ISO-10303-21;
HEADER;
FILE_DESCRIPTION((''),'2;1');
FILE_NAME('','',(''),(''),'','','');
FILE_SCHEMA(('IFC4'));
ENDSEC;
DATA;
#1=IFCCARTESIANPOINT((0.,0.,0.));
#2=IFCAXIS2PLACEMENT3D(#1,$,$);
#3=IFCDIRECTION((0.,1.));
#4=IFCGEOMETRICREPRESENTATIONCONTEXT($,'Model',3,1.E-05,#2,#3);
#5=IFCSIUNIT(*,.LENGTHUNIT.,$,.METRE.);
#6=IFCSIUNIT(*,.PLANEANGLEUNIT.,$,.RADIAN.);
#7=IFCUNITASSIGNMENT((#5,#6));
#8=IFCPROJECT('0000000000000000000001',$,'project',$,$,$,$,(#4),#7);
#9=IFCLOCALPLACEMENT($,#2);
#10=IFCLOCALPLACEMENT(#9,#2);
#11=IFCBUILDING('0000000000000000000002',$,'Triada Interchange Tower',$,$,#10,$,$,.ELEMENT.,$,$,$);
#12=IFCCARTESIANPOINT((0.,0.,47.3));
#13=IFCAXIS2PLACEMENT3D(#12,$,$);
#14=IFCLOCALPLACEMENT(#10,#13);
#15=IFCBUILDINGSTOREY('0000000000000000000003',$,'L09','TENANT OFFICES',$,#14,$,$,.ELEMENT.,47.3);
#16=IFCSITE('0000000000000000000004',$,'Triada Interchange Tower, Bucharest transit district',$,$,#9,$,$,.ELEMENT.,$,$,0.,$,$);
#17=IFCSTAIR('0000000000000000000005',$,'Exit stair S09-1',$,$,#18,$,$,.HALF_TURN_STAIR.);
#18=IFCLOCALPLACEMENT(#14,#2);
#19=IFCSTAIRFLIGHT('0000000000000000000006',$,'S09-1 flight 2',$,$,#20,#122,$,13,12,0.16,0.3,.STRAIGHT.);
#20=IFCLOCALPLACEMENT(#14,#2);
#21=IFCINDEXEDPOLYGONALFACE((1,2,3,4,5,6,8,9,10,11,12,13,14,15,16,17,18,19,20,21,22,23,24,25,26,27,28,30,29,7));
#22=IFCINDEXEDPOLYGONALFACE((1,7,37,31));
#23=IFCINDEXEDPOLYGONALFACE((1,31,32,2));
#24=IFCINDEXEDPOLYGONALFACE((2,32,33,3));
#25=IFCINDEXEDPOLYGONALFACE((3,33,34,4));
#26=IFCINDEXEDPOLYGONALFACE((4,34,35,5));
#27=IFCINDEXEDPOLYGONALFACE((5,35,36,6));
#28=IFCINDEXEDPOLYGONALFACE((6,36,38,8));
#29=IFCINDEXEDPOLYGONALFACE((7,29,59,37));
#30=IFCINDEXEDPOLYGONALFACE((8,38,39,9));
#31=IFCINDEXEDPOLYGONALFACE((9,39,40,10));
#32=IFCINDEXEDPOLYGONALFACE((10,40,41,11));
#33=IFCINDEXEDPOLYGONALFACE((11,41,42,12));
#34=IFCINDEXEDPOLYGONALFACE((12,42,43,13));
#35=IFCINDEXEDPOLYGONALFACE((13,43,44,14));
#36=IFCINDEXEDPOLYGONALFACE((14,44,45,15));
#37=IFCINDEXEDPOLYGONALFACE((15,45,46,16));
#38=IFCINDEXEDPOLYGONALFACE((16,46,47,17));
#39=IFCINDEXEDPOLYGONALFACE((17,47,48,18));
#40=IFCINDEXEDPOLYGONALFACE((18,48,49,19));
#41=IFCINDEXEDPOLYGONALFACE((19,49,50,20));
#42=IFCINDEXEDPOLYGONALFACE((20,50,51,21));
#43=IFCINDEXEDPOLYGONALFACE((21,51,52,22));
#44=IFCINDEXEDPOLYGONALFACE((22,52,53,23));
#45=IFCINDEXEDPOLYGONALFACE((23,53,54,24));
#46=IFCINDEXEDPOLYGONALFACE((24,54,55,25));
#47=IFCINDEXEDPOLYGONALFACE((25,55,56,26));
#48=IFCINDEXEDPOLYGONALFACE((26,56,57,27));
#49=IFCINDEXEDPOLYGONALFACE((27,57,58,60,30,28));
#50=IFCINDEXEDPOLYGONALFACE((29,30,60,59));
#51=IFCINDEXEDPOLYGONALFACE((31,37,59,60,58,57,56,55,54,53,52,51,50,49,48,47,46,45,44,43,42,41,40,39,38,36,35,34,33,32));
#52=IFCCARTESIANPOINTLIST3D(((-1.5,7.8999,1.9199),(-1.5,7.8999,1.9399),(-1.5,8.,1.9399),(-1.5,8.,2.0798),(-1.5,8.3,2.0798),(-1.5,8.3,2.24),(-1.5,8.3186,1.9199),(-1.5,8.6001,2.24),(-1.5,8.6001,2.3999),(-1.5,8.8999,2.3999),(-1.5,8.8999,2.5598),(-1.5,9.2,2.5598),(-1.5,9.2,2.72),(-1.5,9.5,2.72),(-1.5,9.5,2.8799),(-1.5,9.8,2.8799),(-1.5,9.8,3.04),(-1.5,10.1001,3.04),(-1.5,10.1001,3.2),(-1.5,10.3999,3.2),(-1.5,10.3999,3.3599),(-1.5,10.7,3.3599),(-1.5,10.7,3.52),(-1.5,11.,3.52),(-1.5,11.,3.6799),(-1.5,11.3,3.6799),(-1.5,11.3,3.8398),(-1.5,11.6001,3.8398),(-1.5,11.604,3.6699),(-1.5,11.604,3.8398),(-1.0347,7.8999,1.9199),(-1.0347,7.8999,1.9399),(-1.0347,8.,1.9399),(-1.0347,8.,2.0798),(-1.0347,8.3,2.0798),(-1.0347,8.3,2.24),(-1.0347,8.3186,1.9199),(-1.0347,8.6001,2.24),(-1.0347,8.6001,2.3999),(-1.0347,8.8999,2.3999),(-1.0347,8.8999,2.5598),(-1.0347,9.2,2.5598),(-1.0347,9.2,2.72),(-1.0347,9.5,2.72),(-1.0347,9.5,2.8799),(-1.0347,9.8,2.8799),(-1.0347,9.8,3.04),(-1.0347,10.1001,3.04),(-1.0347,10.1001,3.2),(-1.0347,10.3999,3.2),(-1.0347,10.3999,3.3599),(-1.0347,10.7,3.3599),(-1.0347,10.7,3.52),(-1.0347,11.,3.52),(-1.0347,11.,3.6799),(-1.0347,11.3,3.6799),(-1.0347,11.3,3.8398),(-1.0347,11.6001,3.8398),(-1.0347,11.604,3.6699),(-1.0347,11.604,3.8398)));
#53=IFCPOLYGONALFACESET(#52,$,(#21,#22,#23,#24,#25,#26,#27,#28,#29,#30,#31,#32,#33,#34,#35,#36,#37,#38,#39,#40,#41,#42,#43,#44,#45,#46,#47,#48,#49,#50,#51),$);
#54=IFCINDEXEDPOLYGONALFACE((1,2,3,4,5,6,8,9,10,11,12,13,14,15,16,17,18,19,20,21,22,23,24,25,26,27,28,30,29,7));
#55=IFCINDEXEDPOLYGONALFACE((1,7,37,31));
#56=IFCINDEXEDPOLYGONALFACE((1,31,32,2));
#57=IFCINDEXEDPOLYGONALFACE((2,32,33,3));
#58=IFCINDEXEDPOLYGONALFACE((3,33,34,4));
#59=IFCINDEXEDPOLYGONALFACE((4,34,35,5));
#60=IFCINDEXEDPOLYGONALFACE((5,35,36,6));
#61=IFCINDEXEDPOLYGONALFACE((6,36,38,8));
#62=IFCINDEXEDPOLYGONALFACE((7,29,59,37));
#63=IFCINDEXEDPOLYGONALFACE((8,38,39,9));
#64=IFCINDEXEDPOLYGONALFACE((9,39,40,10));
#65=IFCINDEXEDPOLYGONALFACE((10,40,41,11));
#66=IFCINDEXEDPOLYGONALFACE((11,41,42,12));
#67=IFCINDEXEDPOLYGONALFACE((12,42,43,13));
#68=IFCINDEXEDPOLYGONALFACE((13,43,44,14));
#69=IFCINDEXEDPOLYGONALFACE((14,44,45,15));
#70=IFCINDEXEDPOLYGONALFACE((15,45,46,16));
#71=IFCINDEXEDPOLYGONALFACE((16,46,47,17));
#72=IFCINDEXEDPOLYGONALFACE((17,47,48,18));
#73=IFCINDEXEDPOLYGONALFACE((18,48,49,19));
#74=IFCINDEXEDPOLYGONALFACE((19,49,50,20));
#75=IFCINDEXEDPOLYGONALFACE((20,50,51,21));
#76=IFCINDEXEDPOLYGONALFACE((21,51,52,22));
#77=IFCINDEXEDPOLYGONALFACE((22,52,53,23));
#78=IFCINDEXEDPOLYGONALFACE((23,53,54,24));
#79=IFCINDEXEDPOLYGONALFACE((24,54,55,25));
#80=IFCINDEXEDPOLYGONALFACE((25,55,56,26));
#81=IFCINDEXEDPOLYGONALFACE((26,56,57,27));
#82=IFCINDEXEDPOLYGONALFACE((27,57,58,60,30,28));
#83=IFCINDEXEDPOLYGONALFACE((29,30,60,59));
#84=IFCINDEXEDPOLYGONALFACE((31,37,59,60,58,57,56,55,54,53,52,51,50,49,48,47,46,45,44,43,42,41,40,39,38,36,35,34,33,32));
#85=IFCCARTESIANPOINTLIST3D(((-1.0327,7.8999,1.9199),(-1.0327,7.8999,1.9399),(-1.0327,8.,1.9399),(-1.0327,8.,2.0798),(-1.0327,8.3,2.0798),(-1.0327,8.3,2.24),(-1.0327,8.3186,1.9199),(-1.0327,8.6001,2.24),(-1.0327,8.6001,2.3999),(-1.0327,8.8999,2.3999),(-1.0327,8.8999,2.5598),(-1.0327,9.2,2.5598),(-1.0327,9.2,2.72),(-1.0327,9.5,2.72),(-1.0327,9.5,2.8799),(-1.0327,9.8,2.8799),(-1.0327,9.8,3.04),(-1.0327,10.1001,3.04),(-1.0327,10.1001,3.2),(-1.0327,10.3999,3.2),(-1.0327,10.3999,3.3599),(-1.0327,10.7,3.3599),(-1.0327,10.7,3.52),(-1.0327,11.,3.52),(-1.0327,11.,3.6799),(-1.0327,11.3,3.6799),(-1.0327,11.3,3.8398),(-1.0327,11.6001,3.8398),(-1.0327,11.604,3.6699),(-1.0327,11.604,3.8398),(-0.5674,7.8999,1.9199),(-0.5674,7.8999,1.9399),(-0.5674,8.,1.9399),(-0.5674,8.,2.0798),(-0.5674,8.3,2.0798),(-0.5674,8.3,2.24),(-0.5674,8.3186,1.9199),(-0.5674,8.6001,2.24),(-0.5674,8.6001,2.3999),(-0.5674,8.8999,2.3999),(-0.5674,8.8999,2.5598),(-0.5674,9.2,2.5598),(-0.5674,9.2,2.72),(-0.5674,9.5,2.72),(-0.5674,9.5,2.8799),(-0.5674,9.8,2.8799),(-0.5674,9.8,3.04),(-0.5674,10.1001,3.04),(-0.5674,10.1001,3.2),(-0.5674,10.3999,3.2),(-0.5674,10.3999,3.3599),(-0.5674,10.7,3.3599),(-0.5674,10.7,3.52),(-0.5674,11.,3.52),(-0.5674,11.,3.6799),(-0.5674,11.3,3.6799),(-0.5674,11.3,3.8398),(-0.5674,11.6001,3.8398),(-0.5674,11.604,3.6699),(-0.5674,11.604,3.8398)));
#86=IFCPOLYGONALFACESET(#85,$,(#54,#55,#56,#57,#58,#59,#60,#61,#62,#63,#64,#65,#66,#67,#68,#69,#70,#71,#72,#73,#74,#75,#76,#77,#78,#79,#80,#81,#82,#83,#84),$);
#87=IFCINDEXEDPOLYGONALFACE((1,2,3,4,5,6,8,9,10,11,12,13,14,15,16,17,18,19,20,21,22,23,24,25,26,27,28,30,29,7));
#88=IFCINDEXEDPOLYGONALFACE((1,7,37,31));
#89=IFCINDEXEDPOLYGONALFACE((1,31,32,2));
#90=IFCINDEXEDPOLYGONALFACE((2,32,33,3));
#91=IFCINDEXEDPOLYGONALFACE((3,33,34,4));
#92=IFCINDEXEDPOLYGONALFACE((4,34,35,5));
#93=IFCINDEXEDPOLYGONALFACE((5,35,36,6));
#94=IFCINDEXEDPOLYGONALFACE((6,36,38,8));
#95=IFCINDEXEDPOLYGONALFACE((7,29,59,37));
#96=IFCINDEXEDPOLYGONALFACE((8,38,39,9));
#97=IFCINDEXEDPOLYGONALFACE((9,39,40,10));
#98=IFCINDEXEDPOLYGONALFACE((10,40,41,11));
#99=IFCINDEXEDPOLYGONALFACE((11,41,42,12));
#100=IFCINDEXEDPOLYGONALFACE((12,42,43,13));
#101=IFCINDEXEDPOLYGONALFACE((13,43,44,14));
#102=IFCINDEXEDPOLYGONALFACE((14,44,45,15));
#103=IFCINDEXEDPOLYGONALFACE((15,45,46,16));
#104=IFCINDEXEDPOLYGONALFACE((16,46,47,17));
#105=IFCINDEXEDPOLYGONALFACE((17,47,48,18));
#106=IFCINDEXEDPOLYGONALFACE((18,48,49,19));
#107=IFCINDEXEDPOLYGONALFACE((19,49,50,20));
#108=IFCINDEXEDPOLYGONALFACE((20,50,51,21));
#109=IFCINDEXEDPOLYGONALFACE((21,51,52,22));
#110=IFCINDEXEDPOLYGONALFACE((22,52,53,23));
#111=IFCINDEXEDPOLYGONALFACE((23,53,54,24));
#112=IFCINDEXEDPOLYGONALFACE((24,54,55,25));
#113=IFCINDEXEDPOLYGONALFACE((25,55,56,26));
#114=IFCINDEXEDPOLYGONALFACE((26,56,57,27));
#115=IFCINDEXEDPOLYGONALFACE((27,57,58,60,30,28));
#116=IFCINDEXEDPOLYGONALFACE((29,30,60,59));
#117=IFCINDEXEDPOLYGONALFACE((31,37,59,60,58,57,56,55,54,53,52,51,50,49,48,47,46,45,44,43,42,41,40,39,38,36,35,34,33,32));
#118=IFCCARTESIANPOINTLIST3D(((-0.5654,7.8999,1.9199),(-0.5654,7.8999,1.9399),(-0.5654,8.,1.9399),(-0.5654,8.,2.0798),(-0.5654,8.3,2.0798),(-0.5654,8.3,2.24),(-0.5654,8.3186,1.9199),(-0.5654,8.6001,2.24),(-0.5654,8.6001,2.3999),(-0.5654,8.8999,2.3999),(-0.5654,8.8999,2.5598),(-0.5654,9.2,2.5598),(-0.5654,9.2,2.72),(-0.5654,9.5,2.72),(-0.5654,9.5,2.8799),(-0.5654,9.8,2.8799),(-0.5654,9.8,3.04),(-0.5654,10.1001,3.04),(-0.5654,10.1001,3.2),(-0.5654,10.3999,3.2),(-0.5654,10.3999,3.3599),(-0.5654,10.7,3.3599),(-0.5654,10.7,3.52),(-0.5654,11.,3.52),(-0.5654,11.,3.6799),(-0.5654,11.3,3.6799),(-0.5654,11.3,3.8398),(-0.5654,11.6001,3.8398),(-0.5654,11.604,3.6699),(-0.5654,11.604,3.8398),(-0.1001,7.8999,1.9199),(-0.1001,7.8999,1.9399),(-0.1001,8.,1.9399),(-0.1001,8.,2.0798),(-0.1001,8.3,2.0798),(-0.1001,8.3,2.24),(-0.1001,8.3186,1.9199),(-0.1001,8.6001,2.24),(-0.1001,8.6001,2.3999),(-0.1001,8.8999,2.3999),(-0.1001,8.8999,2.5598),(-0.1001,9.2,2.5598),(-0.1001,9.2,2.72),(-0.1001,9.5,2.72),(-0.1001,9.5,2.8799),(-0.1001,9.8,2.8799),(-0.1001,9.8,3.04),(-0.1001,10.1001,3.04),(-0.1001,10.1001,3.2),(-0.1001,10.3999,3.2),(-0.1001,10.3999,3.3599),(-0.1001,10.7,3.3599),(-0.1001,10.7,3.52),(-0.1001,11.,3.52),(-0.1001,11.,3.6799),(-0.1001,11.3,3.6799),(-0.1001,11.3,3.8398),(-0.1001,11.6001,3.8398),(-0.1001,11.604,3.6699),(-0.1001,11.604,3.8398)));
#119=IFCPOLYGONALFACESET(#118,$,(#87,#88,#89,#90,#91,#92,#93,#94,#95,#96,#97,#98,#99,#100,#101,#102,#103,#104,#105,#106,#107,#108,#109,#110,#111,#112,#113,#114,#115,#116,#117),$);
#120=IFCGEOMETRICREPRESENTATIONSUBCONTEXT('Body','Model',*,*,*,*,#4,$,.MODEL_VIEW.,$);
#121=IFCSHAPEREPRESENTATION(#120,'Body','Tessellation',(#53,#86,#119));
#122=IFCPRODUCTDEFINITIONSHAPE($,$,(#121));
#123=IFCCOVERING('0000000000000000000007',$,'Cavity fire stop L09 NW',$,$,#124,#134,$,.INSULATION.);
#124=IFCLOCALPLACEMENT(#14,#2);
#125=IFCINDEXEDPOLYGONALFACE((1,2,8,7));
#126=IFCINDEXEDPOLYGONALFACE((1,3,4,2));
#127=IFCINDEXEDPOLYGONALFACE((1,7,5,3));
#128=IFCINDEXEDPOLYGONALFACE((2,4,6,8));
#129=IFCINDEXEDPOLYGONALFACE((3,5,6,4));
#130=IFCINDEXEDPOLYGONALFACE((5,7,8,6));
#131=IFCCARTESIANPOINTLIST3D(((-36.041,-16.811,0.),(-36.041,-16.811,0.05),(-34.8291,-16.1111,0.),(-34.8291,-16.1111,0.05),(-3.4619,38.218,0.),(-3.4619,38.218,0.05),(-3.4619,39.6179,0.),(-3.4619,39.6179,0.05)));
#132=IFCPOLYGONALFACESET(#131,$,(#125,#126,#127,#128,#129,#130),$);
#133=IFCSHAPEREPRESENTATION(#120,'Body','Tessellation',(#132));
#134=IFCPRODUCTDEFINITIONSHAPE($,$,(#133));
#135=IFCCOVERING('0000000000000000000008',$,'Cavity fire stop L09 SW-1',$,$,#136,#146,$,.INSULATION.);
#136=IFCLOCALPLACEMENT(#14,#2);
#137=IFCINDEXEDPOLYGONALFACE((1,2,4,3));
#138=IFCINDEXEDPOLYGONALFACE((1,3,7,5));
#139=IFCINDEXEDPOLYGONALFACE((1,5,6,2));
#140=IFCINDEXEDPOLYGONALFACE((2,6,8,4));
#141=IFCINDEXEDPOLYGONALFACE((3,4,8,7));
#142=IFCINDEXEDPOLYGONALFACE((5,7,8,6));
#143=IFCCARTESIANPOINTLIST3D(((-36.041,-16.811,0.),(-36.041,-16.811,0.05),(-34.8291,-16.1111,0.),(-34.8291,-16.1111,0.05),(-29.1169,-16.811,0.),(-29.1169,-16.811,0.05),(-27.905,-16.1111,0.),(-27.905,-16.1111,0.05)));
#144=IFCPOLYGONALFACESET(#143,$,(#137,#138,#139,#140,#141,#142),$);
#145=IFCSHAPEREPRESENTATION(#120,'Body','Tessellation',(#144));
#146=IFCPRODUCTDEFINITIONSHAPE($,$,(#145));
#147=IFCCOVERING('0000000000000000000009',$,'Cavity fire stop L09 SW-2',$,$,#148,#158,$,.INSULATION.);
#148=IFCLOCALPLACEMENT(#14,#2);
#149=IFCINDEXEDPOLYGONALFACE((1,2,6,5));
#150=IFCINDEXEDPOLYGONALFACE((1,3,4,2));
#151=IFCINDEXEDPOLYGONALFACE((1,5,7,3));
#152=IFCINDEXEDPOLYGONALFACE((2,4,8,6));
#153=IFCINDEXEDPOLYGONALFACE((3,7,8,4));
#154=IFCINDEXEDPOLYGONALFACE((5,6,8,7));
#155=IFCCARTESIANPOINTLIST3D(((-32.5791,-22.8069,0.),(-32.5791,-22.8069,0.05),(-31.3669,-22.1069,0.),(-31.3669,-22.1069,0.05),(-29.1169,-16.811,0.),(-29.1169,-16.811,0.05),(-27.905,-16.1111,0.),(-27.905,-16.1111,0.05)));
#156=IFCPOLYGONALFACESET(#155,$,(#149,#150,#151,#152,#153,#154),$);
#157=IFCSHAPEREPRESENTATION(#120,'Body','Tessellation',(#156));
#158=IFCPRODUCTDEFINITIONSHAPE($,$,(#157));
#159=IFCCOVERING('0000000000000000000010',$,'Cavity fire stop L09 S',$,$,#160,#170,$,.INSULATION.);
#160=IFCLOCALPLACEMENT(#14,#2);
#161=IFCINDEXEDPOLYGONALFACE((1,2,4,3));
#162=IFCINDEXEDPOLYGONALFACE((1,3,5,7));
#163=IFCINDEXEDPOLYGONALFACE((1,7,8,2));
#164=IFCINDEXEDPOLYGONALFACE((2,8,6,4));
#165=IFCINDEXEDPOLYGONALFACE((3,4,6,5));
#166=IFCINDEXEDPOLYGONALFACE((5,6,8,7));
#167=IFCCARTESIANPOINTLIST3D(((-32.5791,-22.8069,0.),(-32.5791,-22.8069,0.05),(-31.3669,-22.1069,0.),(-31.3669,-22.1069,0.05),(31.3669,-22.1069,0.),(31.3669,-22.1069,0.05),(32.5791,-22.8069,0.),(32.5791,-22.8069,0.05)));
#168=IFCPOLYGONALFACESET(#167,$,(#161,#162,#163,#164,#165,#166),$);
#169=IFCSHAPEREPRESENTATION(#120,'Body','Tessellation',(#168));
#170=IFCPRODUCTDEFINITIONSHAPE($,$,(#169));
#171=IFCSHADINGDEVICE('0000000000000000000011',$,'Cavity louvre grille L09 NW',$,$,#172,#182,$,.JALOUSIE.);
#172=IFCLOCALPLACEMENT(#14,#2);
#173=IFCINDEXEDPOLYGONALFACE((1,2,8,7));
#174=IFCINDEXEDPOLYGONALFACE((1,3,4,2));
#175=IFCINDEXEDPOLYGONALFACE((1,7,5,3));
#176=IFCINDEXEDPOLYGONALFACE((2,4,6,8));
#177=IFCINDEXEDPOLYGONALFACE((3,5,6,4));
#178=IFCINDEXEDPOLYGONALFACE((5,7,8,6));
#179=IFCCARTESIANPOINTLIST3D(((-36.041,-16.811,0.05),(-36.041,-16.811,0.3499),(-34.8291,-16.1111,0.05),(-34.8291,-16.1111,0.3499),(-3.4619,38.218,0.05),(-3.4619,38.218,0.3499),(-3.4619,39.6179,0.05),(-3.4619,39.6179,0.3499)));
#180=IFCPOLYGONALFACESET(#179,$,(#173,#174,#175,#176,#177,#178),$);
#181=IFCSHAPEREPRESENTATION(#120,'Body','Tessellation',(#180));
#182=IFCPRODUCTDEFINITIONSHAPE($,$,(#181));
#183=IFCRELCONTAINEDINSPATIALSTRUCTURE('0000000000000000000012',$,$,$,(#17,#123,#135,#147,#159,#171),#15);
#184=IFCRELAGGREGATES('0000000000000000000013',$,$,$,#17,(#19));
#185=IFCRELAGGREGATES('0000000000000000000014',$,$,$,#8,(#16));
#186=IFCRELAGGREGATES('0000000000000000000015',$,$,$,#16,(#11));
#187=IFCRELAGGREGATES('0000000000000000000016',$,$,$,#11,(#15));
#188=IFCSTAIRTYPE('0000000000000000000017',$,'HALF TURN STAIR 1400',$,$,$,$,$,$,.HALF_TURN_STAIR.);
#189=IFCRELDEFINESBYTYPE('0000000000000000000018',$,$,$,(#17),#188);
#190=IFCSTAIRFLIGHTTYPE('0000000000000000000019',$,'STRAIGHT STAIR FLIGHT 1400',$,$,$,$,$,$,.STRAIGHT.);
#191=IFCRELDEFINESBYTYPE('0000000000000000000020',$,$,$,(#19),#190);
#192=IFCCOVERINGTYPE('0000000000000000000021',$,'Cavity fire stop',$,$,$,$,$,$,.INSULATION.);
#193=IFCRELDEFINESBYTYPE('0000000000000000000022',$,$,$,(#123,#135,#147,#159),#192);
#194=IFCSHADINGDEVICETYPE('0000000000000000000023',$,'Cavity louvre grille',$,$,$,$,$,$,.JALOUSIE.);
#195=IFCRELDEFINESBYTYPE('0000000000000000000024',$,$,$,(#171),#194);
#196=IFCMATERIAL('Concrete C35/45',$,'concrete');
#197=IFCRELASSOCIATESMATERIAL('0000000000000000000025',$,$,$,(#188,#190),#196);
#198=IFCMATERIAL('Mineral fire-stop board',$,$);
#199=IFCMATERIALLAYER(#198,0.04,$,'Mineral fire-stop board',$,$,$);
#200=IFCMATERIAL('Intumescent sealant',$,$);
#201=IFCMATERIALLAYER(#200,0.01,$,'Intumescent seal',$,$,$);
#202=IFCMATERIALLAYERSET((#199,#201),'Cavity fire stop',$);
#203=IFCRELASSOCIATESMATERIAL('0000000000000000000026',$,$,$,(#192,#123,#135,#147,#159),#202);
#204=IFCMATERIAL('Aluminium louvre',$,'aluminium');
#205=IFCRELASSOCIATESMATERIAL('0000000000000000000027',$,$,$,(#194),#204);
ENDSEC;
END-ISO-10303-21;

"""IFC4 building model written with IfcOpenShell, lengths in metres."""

from ifc_helpers import new_model, si_unit, direction, frame, origin, place, context, subcontext, project, spatial, polyline, outline, extrude, material, layer, layer_set, layer_usage, type_object, element, aggregate, save


model = new_model("IFC4")

# Units and contexts
model_context = context("Model", 3, precision=1e-05, world=origin(), true_north=direction((0.0, 1.0)))
body_context = subcontext(model_context, "Body", "Model", "MODEL_VIEW")
ifc_project = project(units=[si_unit("LENGTHUNIT", "METRE"), si_unit("PLANEANGLEUNIT", "RADIAN")], contexts=[model_context])

# Site, building, storey
site_placement = place(None, origin())
site = spatial("IfcSite", under=ifc_project, at=site_placement, Name="Triada Interchange Tower, Bucharest transit district", CompositionType="ELEMENT", RefElevation=0.0)
building_placement = place(site_placement, origin())
building = spatial("IfcBuilding", under=site, at=building_placement, Name="Triada Interchange Tower", CompositionType="ELEMENT")
storey_placement = place(building_placement, frame((0.0, 0.0, 47.3)))
storey = spatial("IfcBuildingStorey", under=building, at=storey_placement, Name="L09", Description="TENANT OFFICES", CompositionType="ELEMENT", Elevation=47.3)

# Stair, stair flight
ifc_material_1 = material(Name="Concrete C35/45", Category="concrete")
stair_type = type_object("IfcStairType", Name="HALF TURN STAIR 1400", PredefinedType="HALF_TURN_STAIR", material=ifc_material_1)
stair_placement = place(storey_placement, origin())
stair = element("IfcStair", 1, at=stair_placement, inside=storey, type_object=stair_type, Name="Exit stair S09-1", PredefinedType="HALF_TURN_STAIR")
stair_flight_type = type_object("IfcStairFlightType", Name="STRAIGHT STAIR FLIGHT 1400", PredefinedType="STRAIGHT", material=ifc_material_1)
stair_flight_placement = place(storey_placement, frame((-0.8, 8.0, 1.9199), z_axis=(0.0, 0.0, 1.0), x_axis=(0.0, 1.0, 0.0)))
stair_flight = element("IfcStairFlight", 2, at=stair_flight_placement, type_object=stair_flight_type, Name="S09-1 flight 2", NumberOfRisers=13, NumberOfTreads=12, PredefinedType="STRAIGHT", RiserHeight=0.16, TreadLength=0.3, context=body_context, shape_type="SweptSolid", body=[
    extrude(outline(polyline([(-0.1001, 0.0), (-0.1001, 0.02), (0.0, 0.02), (0.0, 0.1599), (0.3, 0.1599), (0.3, 0.3201), (0.6001, 0.3201), (0.6001, 0.48), (0.8999, 0.48), (0.8999, 0.6399), (1.2, 0.6399), (1.2, 0.8), (1.5, 0.8), (1.5, 0.96), (1.8, 0.96), (1.8, 1.1201), (2.1001, 1.1201), (2.1001, 1.28), (2.3999, 1.28), (2.3999, 1.4399), (2.7, 1.4399), (2.7, 1.6001), (3.0, 1.6001), (3.0, 1.76), (3.3, 1.76), (3.3, 1.9199), (3.6001, 1.9199), (3.604, 1.9199), (3.604, 2.0801), (3.604, 1.75), (0.3186, 0.0), (-0.1001, 0.0)])), frame((0.0, 0.7, 0.0), z_axis=(0.0, -1.0, 0.0), x_axis=(1.0, 0.0, 0.0)), (0.0, 0.0, 1.0), 0.4653),
    extrude(outline(polyline([(-0.1001, 0.0), (-0.1001, 0.02), (0.0, 0.02), (0.0, 0.1599), (0.3, 0.1599), (0.3, 0.3201), (0.6001, 0.3201), (0.6001, 0.48), (0.8999, 0.48), (0.8999, 0.6399), (1.2, 0.6399), (1.2, 0.8), (1.5, 0.8), (1.5, 0.96), (1.8, 0.96), (1.8, 1.1201), (2.1001, 1.1201), (2.1001, 1.28), (2.3999, 1.28), (2.3999, 1.4399), (2.7, 1.4399), (2.7, 1.6001), (3.0, 1.6001), (3.0, 1.76), (3.3, 1.76), (3.3, 1.9199), (3.6001, 1.9199), (3.604, 1.9199), (3.604, 2.0801), (3.604, 1.75), (0.3186, 0.0), (-0.1001, 0.0)])), frame((0.0, 0.2327, 0.0), z_axis=(0.0, -1.0, 0.0), x_axis=(1.0, 0.0, 0.0)), (0.0, 0.0, 1.0), 0.4653),
    extrude(outline(polyline([(-0.1001, 0.0), (-0.1001, 0.02), (0.0, 0.02), (0.0, 0.1599), (0.3, 0.1599), (0.3, 0.3201), (0.6001, 0.3201), (0.6001, 0.48), (0.8999, 0.48), (0.8999, 0.6399), (1.2, 0.6399), (1.2, 0.8), (1.5, 0.8), (1.5, 0.96), (1.8, 0.96), (1.8, 1.1201), (2.1001, 1.1201), (2.1001, 1.28), (2.3999, 1.28), (2.3999, 1.4399), (2.7, 1.4399), (2.7, 1.6001), (3.0, 1.6001), (3.0, 1.76), (3.3, 1.76), (3.3, 1.9199), (3.6001, 1.9199), (3.604, 1.9199), (3.604, 2.0801), (3.604, 1.75), (0.3186, 0.0), (-0.1001, 0.0)])), frame((0.0, -0.2346, 0.0), z_axis=(0.0, -1.0, 0.0), x_axis=(1.0, 0.0, 0.0)), (0.0, 0.0, 1.0), 0.4653),
])

# Coverings
ifc_material_2 = material(Name="Mineral fire-stop board")
ifc_layer_1 = layer(ifc_material_2, 0.04, Name="Mineral fire-stop board")
ifc_material_3 = material(Name="Intumescent sealant")
ifc_layer_2 = layer(ifc_material_3, 0.01, Name="Intumescent seal")
ifc_layer_set_1 = layer_set([ifc_layer_1, ifc_layer_2], Name="Cavity fire stop")
ifc_layer_usage = layer_usage(ifc_layer_set_1, "AXIS3", "POSITIVE", 0.0)
covering_type = type_object("IfcCoveringType", Name="Cavity fire stop", PredefinedType="INSULATION", material=ifc_layer_set_1)
covering_1_placement = place(storey_placement, origin())
element("IfcCovering", 3, at=covering_1_placement, inside=storey, type_object=covering_type, material=ifc_layer_usage, Name="Cavity fire stop L09 NW", PredefinedType="INSULATION", context=body_context, shape_type="SweptSolid", body=[
    extrude(outline(polyline([(-3.4619, 38.218), (-3.4619, 39.6179), (-36.041, -16.811), (-34.8291, -16.1111), (-3.4619, 38.218)])), origin(), (0.0, 0.0, 1.0), 0.05),
])
covering_2_placement = place(storey_placement, origin())
element("IfcCovering", 4, at=covering_2_placement, inside=storey, type_object=covering_type, material=ifc_layer_usage, Name="Cavity fire stop L09 SW-1", PredefinedType="INSULATION", context=body_context, shape_type="SweptSolid", body=[
    extrude(outline(polyline([(-34.8291, -16.1111), (-36.041, -16.811), (-29.1169, -16.811), (-27.905, -16.1111), (-34.8291, -16.1111)])), origin(), (0.0, 0.0, 1.0), 0.05),
])
covering_3_placement = place(storey_placement, origin())
element("IfcCovering", 5, at=covering_3_placement, inside=storey, type_object=covering_type, material=ifc_layer_usage, Name="Cavity fire stop L09 SW-2", PredefinedType="INSULATION", context=body_context, shape_type="SweptSolid", body=[
    extrude(outline(polyline([(-27.905, -16.1111), (-29.1169, -16.811), (-32.5791, -22.8069), (-31.3669, -22.1069), (-27.905, -16.1111)])), origin(), (0.0, 0.0, 1.0), 0.05),
])
covering_4_placement = place(storey_placement, origin())
element("IfcCovering", 6, at=covering_4_placement, inside=storey, type_object=covering_type, material=ifc_layer_usage, Name="Cavity fire stop L09 S", PredefinedType="INSULATION", context=body_context, shape_type="SweptSolid", body=[
    extrude(outline(polyline([(-31.3669, -22.1069), (-32.5791, -22.8069), (32.5791, -22.8069), (31.3669, -22.1069), (-31.3669, -22.1069)])), origin(), (0.0, 0.0, 1.0), 0.05),
])

# Shading device
ifc_material_4 = material(Name="Aluminium louvre", Category="aluminium")
shading_device_type = type_object("IfcShadingDeviceType", Name="Cavity louvre grille", PredefinedType="JALOUSIE", material=ifc_material_4)
shading_device_1_placement = place(storey_placement, frame((0.0, 0.0, 0.05)))
element("IfcShadingDevice", 7, at=shading_device_1_placement, inside=storey, type_object=shading_device_type, Name="Cavity louvre grille L09 NW", PredefinedType="JALOUSIE", context=body_context, shape_type="SweptSolid", body=[
    extrude(outline(polyline([(-3.4619, 38.218), (-3.4619, 39.6179), (-36.041, -16.811), (-34.8291, -16.1111), (-3.4619, 38.218)])), origin(), (0.0, 0.0, 1.0), 0.2998),
])

aggregate(stair, [stair_flight])

save(model, "model.ifc")
